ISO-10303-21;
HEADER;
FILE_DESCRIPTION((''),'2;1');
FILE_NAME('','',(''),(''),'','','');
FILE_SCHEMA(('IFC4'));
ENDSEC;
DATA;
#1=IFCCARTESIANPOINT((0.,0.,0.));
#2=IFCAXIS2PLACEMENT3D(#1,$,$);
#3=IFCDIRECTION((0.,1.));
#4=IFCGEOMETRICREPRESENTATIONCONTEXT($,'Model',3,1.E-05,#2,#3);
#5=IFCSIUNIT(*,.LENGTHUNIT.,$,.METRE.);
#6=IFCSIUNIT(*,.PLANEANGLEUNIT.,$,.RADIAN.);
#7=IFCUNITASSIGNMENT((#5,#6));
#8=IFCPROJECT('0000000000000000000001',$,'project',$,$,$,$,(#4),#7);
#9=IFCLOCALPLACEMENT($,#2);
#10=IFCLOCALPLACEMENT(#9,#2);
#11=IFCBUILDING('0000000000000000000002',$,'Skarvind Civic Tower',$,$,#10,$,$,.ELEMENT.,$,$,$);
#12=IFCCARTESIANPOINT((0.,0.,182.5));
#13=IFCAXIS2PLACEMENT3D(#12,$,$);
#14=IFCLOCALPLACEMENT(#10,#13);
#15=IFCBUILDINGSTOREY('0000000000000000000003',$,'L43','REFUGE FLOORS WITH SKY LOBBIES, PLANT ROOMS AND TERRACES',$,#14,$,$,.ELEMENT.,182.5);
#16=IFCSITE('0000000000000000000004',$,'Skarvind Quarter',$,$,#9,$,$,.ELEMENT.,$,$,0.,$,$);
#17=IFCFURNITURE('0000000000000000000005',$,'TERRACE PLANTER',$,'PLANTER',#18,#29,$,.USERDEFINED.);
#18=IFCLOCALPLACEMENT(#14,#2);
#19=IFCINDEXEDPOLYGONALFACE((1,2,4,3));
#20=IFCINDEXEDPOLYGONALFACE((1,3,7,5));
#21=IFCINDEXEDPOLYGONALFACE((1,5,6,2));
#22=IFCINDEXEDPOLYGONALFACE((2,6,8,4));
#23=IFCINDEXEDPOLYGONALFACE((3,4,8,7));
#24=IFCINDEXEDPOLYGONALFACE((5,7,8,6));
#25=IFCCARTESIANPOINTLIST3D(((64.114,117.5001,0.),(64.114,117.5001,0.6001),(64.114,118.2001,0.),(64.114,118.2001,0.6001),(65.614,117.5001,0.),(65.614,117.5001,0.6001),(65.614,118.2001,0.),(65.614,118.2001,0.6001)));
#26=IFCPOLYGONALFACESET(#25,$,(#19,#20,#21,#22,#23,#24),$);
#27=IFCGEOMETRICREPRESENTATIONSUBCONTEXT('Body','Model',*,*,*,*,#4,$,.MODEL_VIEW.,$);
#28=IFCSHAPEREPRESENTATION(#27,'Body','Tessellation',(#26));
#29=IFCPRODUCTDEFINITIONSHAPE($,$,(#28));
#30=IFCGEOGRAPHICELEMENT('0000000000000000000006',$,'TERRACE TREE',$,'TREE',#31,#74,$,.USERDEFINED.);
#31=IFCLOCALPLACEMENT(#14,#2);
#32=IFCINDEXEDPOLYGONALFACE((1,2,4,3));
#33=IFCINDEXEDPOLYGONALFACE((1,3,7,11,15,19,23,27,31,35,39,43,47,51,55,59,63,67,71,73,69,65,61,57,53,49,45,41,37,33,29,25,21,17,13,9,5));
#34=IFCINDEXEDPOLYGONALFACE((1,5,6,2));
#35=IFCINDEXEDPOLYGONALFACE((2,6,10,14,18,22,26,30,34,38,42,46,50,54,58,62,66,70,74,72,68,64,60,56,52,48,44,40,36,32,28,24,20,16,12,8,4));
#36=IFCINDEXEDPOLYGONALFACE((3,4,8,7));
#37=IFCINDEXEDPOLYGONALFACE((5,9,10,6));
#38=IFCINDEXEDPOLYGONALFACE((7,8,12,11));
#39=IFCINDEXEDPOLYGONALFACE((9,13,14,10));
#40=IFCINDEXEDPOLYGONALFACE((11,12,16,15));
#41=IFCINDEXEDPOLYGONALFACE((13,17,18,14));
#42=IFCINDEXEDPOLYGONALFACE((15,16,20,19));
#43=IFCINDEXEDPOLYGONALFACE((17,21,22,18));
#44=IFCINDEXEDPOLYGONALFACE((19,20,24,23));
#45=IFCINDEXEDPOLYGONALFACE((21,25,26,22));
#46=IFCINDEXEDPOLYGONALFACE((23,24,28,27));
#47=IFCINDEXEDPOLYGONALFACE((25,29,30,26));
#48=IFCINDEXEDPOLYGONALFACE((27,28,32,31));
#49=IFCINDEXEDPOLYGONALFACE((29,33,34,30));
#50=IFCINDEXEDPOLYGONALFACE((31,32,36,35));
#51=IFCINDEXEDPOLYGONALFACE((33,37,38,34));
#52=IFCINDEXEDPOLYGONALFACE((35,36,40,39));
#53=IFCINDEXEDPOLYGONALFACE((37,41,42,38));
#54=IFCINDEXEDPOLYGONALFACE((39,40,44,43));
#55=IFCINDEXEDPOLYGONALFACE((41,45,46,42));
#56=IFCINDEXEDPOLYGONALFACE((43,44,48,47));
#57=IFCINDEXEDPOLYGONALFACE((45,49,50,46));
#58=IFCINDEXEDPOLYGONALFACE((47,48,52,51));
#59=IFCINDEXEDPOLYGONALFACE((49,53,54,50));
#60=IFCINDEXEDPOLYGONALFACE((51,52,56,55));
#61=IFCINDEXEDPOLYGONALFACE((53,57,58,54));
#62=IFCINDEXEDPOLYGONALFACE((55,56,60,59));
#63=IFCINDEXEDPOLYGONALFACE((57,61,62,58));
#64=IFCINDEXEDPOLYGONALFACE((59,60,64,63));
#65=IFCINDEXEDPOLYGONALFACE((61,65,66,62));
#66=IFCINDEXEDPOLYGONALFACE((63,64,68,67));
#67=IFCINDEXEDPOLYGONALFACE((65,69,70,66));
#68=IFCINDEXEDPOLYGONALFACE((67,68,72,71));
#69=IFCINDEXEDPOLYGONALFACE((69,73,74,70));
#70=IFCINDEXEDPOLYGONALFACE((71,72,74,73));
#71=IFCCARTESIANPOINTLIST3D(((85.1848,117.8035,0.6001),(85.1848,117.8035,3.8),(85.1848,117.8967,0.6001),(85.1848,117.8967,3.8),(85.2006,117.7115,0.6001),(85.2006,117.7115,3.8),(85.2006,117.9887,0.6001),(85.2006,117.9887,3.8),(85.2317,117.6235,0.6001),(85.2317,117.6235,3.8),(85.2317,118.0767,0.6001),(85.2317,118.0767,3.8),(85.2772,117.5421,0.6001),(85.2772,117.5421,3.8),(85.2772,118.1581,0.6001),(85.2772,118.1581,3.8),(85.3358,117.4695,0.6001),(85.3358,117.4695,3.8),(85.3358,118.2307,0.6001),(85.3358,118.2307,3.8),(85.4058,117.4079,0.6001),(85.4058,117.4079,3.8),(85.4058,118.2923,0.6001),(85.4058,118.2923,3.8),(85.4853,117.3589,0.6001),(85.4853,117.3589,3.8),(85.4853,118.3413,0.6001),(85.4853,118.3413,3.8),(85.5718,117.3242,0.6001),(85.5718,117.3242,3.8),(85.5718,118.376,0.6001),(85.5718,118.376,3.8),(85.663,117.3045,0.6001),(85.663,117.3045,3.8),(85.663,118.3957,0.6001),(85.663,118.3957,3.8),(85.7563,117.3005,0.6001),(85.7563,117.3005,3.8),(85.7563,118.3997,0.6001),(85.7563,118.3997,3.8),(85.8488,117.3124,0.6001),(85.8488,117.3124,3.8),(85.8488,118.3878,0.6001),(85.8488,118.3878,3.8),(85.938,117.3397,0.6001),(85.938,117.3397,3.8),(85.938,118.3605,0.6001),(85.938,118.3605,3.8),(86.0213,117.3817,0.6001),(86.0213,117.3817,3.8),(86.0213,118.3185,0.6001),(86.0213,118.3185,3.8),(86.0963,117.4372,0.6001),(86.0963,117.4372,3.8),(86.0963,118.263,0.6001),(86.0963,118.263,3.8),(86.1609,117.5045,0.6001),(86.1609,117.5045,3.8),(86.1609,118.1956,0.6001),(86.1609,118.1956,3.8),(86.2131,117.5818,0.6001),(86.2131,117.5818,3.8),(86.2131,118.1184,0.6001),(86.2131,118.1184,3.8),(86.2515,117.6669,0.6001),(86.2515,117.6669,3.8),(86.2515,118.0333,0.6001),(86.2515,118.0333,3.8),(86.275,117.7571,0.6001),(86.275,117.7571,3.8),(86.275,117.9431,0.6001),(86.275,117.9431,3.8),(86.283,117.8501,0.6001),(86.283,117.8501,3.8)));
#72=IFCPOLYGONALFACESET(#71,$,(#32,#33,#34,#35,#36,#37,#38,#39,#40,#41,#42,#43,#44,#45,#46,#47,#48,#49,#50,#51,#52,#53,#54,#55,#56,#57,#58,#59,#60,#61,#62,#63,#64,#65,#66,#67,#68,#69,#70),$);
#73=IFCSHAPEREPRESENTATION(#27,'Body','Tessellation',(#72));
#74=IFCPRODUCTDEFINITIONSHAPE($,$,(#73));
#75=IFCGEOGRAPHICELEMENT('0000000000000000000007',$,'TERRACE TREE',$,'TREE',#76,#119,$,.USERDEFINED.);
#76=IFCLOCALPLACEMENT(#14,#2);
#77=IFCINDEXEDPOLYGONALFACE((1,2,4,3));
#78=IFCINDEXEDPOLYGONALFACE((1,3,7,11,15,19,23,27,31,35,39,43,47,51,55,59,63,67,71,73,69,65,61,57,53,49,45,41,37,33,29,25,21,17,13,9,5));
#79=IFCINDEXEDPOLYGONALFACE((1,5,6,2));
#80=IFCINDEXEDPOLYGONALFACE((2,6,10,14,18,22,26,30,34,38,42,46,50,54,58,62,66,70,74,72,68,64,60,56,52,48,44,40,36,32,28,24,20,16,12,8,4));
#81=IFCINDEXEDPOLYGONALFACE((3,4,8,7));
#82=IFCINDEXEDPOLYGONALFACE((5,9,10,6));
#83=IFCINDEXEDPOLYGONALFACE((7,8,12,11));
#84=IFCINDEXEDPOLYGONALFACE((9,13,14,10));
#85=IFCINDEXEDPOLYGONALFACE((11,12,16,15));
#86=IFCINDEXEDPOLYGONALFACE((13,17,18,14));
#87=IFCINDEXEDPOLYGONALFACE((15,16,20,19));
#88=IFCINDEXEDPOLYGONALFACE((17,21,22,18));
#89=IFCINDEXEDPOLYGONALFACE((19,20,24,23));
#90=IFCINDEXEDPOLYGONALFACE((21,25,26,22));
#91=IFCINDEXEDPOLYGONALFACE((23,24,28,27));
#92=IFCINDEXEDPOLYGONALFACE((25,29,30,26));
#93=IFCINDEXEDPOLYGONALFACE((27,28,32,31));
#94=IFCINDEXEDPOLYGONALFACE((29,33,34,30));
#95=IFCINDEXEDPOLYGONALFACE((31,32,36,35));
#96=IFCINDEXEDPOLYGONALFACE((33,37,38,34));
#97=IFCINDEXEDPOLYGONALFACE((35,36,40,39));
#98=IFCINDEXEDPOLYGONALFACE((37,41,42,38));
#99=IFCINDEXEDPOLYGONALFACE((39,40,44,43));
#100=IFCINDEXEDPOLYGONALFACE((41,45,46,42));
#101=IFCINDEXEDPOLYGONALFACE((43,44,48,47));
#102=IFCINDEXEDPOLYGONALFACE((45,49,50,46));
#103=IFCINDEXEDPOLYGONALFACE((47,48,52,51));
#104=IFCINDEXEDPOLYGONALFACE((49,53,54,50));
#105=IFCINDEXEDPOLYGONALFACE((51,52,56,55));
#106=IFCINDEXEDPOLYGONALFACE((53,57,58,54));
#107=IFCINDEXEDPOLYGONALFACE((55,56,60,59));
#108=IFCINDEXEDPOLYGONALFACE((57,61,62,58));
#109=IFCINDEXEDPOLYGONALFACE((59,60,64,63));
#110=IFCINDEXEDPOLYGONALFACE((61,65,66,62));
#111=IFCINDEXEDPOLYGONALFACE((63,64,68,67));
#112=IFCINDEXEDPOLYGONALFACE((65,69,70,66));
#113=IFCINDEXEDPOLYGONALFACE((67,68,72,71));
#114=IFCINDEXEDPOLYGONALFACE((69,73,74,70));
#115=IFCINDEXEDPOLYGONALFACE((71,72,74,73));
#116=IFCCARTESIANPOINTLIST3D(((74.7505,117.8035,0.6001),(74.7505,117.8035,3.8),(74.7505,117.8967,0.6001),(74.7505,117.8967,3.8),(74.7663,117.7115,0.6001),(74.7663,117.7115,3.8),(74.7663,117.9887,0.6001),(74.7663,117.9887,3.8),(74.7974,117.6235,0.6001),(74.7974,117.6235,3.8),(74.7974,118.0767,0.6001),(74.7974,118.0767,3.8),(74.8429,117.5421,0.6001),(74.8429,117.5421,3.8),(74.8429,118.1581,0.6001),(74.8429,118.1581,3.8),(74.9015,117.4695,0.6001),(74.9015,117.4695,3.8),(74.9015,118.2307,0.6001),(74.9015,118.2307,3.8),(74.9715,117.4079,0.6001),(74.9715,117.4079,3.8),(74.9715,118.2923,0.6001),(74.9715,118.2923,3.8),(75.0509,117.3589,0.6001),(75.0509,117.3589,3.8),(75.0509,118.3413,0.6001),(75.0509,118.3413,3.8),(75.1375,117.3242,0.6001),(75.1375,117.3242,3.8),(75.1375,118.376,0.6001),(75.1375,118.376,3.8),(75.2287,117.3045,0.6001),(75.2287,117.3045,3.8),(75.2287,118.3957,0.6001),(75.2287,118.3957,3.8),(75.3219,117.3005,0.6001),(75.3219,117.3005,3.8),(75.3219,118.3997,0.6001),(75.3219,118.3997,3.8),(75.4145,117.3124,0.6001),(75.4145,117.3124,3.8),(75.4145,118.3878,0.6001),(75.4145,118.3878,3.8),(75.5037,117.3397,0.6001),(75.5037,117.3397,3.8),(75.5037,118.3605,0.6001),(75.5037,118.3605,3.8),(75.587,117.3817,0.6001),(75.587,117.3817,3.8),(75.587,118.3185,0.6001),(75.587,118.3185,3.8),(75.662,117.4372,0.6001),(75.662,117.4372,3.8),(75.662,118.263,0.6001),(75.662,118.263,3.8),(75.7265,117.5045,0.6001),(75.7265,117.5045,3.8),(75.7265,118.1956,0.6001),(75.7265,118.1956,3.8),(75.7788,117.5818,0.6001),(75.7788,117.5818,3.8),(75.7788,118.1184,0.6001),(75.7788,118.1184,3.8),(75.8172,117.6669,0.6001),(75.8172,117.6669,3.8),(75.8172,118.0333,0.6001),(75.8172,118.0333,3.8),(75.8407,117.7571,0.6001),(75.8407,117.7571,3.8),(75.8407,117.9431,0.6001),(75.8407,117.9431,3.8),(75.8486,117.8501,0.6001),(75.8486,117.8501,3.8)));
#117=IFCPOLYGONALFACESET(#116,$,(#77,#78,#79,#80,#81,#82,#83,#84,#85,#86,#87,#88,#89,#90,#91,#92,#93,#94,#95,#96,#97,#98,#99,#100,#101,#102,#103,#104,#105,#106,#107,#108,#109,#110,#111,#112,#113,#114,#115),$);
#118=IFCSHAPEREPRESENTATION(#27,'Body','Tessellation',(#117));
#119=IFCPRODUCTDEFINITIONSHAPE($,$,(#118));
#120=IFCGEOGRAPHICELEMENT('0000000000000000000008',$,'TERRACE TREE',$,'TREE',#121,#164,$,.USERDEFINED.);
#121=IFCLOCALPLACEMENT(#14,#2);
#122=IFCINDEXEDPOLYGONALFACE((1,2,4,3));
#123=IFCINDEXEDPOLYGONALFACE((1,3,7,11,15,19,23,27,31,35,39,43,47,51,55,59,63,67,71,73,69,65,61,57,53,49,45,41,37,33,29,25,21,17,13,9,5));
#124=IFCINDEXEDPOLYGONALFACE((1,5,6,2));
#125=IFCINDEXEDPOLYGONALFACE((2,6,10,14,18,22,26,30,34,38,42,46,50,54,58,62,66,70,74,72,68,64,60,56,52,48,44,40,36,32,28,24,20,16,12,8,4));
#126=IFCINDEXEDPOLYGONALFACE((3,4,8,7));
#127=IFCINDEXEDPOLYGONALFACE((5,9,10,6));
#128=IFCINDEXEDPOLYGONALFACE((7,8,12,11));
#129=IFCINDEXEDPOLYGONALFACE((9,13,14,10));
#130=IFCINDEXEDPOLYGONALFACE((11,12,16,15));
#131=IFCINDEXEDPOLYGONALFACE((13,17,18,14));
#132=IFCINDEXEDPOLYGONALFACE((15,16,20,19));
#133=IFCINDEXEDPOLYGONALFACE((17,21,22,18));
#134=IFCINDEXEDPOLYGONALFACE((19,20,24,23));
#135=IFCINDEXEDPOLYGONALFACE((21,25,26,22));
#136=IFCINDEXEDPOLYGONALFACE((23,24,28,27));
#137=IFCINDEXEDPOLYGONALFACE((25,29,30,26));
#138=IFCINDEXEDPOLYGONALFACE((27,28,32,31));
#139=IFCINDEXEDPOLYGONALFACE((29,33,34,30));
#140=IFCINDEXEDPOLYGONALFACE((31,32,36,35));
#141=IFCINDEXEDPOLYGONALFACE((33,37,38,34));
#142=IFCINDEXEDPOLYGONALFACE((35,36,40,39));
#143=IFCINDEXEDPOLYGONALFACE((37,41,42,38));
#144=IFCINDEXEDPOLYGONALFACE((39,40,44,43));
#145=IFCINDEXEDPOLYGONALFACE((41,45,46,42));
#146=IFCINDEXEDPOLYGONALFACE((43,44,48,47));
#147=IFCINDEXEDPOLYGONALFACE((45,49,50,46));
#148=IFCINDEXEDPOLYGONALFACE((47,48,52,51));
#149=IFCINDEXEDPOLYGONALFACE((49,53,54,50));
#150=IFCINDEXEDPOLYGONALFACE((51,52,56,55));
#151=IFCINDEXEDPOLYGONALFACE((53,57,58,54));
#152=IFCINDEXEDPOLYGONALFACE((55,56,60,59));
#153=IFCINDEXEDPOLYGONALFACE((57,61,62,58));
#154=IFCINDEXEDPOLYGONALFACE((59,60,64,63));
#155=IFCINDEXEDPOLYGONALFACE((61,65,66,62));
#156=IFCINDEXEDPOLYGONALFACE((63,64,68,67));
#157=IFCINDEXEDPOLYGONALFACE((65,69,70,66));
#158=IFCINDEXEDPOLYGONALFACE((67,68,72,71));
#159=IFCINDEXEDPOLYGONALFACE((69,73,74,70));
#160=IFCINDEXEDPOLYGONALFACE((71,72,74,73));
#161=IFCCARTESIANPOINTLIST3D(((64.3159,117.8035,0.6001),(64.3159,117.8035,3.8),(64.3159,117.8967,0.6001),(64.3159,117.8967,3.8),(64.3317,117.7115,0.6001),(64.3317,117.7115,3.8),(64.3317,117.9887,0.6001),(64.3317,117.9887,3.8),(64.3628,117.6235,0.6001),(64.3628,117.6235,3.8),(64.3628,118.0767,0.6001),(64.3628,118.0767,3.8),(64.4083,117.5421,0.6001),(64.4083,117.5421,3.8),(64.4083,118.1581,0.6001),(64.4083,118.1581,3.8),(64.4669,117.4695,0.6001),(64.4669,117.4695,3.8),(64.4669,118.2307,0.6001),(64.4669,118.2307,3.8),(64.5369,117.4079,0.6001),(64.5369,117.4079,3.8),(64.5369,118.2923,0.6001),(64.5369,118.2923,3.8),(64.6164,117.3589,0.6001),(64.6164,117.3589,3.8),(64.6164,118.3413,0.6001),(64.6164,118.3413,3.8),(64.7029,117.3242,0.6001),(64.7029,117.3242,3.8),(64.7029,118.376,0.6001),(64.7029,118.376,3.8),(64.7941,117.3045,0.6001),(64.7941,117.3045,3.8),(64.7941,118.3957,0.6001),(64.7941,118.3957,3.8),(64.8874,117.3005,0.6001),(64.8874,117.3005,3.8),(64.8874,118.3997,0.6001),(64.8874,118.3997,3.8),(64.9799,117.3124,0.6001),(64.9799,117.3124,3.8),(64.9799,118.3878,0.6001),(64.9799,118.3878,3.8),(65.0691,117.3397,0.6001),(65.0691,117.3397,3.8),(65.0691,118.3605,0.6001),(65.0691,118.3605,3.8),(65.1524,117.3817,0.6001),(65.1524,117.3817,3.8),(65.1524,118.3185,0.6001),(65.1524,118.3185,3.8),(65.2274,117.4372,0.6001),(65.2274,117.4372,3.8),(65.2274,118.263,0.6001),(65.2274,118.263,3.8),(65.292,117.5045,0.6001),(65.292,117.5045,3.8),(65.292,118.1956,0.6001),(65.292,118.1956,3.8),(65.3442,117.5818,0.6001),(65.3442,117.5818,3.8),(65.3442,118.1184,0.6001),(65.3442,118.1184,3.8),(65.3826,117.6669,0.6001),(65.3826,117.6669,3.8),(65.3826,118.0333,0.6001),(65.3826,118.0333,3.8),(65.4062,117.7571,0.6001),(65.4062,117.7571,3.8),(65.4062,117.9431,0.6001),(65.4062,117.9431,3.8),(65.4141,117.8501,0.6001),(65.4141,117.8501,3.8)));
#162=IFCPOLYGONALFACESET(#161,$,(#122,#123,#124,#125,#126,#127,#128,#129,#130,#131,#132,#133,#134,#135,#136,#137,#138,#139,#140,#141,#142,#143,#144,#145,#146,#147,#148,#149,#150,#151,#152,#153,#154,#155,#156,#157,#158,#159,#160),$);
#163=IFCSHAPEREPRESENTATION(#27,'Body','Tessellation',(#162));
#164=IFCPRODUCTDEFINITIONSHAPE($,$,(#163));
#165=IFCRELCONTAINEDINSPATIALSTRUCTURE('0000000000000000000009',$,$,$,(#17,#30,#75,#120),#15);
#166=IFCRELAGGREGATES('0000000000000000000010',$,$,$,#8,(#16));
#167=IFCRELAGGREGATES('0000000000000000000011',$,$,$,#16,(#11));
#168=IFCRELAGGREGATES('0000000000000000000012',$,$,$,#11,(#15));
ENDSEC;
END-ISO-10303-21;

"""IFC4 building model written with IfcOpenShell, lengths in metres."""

from ifc_helpers import new_model, si_unit, direction, frame, origin, origin_2d, place, context, subcontext, project, spatial, rectangle, circle, extrude, element, save


model = new_model("IFC4")

# Units and contexts
model_context = context("Model", 3, precision=1e-05, world=origin(), true_north=direction((0.0, 1.0)))
body_context = subcontext(model_context, "Body", "Model", "MODEL_VIEW")
ifc_project = project(units=[si_unit("LENGTHUNIT", "METRE"), si_unit("PLANEANGLEUNIT", "RADIAN")], contexts=[model_context])

# Site, building, storey
site_placement = place(None, origin())
site = spatial("IfcSite", under=ifc_project, at=site_placement, Name="Skarvind Quarter", CompositionType="ELEMENT", RefElevation=0.0)
building_placement = place(site_placement, origin())
building = spatial("IfcBuilding", under=site, at=building_placement, Name="Skarvind Civic Tower", CompositionType="ELEMENT")
storey_placement = place(building_placement, frame((0.0, 0.0, 182.5)))
storey = spatial("IfcBuildingStorey", under=building, at=storey_placement, Name="L43", Description="REFUGE FLOORS WITH SKY LOBBIES, PLANT ROOMS AND TERRACES", CompositionType="ELEMENT", Elevation=182.5)

# Furniture
for number, where, z_axis, x_axis, name in (
    (1, (64.864, 117.8501, 0.0), (0.0, 0.0, 1.0), (-1.0, 0.0, 0.0), "TERRACE PLANTER"),
):
    element("IfcFurniture", number, at=place(storey_placement, frame(where, z_axis=z_axis, x_axis=x_axis)), inside=storey, Name=name, ObjectType="PLANTER", PredefinedType="USERDEFINED", context=body_context, shape_type="SweptSolid", body=[
        extrude(rectangle(XDim=1.5, YDim=0.7, at=origin_2d()), origin(), (0.0, 0.0, 1.0), 0.6001),
    ])

# Geographic elements
for number, where, z_axis, x_axis, name in (
    (2, (85.7329, 117.8501, 0.6001), (0.0, 0.0, 1.0), (1.0, 0.0, 0.0), "TERRACE TREE"),
    (3, (75.2986, 117.8501, 0.6001), (0.0, 0.0, 1.0), (1.0, 0.0, 0.0), "TERRACE TREE"),
    (4, (64.864, 117.8501, 0.6001), (0.0, 0.0, 1.0), (1.0, 0.0, 0.0), "TERRACE TREE"),
):
    element("IfcGeographicElement", number, at=place(storey_placement, frame(where, z_axis=z_axis, x_axis=x_axis)), inside=storey, Name=name, ObjectType="TREE", PredefinedType="USERDEFINED", context=body_context, shape_type="SweptSolid", body=[
        extrude(circle(Radius=0.55, at=origin_2d()), origin(), (0.0, 0.0, 1.0), 3.2),
    ])

save(model, "model.ifc")
